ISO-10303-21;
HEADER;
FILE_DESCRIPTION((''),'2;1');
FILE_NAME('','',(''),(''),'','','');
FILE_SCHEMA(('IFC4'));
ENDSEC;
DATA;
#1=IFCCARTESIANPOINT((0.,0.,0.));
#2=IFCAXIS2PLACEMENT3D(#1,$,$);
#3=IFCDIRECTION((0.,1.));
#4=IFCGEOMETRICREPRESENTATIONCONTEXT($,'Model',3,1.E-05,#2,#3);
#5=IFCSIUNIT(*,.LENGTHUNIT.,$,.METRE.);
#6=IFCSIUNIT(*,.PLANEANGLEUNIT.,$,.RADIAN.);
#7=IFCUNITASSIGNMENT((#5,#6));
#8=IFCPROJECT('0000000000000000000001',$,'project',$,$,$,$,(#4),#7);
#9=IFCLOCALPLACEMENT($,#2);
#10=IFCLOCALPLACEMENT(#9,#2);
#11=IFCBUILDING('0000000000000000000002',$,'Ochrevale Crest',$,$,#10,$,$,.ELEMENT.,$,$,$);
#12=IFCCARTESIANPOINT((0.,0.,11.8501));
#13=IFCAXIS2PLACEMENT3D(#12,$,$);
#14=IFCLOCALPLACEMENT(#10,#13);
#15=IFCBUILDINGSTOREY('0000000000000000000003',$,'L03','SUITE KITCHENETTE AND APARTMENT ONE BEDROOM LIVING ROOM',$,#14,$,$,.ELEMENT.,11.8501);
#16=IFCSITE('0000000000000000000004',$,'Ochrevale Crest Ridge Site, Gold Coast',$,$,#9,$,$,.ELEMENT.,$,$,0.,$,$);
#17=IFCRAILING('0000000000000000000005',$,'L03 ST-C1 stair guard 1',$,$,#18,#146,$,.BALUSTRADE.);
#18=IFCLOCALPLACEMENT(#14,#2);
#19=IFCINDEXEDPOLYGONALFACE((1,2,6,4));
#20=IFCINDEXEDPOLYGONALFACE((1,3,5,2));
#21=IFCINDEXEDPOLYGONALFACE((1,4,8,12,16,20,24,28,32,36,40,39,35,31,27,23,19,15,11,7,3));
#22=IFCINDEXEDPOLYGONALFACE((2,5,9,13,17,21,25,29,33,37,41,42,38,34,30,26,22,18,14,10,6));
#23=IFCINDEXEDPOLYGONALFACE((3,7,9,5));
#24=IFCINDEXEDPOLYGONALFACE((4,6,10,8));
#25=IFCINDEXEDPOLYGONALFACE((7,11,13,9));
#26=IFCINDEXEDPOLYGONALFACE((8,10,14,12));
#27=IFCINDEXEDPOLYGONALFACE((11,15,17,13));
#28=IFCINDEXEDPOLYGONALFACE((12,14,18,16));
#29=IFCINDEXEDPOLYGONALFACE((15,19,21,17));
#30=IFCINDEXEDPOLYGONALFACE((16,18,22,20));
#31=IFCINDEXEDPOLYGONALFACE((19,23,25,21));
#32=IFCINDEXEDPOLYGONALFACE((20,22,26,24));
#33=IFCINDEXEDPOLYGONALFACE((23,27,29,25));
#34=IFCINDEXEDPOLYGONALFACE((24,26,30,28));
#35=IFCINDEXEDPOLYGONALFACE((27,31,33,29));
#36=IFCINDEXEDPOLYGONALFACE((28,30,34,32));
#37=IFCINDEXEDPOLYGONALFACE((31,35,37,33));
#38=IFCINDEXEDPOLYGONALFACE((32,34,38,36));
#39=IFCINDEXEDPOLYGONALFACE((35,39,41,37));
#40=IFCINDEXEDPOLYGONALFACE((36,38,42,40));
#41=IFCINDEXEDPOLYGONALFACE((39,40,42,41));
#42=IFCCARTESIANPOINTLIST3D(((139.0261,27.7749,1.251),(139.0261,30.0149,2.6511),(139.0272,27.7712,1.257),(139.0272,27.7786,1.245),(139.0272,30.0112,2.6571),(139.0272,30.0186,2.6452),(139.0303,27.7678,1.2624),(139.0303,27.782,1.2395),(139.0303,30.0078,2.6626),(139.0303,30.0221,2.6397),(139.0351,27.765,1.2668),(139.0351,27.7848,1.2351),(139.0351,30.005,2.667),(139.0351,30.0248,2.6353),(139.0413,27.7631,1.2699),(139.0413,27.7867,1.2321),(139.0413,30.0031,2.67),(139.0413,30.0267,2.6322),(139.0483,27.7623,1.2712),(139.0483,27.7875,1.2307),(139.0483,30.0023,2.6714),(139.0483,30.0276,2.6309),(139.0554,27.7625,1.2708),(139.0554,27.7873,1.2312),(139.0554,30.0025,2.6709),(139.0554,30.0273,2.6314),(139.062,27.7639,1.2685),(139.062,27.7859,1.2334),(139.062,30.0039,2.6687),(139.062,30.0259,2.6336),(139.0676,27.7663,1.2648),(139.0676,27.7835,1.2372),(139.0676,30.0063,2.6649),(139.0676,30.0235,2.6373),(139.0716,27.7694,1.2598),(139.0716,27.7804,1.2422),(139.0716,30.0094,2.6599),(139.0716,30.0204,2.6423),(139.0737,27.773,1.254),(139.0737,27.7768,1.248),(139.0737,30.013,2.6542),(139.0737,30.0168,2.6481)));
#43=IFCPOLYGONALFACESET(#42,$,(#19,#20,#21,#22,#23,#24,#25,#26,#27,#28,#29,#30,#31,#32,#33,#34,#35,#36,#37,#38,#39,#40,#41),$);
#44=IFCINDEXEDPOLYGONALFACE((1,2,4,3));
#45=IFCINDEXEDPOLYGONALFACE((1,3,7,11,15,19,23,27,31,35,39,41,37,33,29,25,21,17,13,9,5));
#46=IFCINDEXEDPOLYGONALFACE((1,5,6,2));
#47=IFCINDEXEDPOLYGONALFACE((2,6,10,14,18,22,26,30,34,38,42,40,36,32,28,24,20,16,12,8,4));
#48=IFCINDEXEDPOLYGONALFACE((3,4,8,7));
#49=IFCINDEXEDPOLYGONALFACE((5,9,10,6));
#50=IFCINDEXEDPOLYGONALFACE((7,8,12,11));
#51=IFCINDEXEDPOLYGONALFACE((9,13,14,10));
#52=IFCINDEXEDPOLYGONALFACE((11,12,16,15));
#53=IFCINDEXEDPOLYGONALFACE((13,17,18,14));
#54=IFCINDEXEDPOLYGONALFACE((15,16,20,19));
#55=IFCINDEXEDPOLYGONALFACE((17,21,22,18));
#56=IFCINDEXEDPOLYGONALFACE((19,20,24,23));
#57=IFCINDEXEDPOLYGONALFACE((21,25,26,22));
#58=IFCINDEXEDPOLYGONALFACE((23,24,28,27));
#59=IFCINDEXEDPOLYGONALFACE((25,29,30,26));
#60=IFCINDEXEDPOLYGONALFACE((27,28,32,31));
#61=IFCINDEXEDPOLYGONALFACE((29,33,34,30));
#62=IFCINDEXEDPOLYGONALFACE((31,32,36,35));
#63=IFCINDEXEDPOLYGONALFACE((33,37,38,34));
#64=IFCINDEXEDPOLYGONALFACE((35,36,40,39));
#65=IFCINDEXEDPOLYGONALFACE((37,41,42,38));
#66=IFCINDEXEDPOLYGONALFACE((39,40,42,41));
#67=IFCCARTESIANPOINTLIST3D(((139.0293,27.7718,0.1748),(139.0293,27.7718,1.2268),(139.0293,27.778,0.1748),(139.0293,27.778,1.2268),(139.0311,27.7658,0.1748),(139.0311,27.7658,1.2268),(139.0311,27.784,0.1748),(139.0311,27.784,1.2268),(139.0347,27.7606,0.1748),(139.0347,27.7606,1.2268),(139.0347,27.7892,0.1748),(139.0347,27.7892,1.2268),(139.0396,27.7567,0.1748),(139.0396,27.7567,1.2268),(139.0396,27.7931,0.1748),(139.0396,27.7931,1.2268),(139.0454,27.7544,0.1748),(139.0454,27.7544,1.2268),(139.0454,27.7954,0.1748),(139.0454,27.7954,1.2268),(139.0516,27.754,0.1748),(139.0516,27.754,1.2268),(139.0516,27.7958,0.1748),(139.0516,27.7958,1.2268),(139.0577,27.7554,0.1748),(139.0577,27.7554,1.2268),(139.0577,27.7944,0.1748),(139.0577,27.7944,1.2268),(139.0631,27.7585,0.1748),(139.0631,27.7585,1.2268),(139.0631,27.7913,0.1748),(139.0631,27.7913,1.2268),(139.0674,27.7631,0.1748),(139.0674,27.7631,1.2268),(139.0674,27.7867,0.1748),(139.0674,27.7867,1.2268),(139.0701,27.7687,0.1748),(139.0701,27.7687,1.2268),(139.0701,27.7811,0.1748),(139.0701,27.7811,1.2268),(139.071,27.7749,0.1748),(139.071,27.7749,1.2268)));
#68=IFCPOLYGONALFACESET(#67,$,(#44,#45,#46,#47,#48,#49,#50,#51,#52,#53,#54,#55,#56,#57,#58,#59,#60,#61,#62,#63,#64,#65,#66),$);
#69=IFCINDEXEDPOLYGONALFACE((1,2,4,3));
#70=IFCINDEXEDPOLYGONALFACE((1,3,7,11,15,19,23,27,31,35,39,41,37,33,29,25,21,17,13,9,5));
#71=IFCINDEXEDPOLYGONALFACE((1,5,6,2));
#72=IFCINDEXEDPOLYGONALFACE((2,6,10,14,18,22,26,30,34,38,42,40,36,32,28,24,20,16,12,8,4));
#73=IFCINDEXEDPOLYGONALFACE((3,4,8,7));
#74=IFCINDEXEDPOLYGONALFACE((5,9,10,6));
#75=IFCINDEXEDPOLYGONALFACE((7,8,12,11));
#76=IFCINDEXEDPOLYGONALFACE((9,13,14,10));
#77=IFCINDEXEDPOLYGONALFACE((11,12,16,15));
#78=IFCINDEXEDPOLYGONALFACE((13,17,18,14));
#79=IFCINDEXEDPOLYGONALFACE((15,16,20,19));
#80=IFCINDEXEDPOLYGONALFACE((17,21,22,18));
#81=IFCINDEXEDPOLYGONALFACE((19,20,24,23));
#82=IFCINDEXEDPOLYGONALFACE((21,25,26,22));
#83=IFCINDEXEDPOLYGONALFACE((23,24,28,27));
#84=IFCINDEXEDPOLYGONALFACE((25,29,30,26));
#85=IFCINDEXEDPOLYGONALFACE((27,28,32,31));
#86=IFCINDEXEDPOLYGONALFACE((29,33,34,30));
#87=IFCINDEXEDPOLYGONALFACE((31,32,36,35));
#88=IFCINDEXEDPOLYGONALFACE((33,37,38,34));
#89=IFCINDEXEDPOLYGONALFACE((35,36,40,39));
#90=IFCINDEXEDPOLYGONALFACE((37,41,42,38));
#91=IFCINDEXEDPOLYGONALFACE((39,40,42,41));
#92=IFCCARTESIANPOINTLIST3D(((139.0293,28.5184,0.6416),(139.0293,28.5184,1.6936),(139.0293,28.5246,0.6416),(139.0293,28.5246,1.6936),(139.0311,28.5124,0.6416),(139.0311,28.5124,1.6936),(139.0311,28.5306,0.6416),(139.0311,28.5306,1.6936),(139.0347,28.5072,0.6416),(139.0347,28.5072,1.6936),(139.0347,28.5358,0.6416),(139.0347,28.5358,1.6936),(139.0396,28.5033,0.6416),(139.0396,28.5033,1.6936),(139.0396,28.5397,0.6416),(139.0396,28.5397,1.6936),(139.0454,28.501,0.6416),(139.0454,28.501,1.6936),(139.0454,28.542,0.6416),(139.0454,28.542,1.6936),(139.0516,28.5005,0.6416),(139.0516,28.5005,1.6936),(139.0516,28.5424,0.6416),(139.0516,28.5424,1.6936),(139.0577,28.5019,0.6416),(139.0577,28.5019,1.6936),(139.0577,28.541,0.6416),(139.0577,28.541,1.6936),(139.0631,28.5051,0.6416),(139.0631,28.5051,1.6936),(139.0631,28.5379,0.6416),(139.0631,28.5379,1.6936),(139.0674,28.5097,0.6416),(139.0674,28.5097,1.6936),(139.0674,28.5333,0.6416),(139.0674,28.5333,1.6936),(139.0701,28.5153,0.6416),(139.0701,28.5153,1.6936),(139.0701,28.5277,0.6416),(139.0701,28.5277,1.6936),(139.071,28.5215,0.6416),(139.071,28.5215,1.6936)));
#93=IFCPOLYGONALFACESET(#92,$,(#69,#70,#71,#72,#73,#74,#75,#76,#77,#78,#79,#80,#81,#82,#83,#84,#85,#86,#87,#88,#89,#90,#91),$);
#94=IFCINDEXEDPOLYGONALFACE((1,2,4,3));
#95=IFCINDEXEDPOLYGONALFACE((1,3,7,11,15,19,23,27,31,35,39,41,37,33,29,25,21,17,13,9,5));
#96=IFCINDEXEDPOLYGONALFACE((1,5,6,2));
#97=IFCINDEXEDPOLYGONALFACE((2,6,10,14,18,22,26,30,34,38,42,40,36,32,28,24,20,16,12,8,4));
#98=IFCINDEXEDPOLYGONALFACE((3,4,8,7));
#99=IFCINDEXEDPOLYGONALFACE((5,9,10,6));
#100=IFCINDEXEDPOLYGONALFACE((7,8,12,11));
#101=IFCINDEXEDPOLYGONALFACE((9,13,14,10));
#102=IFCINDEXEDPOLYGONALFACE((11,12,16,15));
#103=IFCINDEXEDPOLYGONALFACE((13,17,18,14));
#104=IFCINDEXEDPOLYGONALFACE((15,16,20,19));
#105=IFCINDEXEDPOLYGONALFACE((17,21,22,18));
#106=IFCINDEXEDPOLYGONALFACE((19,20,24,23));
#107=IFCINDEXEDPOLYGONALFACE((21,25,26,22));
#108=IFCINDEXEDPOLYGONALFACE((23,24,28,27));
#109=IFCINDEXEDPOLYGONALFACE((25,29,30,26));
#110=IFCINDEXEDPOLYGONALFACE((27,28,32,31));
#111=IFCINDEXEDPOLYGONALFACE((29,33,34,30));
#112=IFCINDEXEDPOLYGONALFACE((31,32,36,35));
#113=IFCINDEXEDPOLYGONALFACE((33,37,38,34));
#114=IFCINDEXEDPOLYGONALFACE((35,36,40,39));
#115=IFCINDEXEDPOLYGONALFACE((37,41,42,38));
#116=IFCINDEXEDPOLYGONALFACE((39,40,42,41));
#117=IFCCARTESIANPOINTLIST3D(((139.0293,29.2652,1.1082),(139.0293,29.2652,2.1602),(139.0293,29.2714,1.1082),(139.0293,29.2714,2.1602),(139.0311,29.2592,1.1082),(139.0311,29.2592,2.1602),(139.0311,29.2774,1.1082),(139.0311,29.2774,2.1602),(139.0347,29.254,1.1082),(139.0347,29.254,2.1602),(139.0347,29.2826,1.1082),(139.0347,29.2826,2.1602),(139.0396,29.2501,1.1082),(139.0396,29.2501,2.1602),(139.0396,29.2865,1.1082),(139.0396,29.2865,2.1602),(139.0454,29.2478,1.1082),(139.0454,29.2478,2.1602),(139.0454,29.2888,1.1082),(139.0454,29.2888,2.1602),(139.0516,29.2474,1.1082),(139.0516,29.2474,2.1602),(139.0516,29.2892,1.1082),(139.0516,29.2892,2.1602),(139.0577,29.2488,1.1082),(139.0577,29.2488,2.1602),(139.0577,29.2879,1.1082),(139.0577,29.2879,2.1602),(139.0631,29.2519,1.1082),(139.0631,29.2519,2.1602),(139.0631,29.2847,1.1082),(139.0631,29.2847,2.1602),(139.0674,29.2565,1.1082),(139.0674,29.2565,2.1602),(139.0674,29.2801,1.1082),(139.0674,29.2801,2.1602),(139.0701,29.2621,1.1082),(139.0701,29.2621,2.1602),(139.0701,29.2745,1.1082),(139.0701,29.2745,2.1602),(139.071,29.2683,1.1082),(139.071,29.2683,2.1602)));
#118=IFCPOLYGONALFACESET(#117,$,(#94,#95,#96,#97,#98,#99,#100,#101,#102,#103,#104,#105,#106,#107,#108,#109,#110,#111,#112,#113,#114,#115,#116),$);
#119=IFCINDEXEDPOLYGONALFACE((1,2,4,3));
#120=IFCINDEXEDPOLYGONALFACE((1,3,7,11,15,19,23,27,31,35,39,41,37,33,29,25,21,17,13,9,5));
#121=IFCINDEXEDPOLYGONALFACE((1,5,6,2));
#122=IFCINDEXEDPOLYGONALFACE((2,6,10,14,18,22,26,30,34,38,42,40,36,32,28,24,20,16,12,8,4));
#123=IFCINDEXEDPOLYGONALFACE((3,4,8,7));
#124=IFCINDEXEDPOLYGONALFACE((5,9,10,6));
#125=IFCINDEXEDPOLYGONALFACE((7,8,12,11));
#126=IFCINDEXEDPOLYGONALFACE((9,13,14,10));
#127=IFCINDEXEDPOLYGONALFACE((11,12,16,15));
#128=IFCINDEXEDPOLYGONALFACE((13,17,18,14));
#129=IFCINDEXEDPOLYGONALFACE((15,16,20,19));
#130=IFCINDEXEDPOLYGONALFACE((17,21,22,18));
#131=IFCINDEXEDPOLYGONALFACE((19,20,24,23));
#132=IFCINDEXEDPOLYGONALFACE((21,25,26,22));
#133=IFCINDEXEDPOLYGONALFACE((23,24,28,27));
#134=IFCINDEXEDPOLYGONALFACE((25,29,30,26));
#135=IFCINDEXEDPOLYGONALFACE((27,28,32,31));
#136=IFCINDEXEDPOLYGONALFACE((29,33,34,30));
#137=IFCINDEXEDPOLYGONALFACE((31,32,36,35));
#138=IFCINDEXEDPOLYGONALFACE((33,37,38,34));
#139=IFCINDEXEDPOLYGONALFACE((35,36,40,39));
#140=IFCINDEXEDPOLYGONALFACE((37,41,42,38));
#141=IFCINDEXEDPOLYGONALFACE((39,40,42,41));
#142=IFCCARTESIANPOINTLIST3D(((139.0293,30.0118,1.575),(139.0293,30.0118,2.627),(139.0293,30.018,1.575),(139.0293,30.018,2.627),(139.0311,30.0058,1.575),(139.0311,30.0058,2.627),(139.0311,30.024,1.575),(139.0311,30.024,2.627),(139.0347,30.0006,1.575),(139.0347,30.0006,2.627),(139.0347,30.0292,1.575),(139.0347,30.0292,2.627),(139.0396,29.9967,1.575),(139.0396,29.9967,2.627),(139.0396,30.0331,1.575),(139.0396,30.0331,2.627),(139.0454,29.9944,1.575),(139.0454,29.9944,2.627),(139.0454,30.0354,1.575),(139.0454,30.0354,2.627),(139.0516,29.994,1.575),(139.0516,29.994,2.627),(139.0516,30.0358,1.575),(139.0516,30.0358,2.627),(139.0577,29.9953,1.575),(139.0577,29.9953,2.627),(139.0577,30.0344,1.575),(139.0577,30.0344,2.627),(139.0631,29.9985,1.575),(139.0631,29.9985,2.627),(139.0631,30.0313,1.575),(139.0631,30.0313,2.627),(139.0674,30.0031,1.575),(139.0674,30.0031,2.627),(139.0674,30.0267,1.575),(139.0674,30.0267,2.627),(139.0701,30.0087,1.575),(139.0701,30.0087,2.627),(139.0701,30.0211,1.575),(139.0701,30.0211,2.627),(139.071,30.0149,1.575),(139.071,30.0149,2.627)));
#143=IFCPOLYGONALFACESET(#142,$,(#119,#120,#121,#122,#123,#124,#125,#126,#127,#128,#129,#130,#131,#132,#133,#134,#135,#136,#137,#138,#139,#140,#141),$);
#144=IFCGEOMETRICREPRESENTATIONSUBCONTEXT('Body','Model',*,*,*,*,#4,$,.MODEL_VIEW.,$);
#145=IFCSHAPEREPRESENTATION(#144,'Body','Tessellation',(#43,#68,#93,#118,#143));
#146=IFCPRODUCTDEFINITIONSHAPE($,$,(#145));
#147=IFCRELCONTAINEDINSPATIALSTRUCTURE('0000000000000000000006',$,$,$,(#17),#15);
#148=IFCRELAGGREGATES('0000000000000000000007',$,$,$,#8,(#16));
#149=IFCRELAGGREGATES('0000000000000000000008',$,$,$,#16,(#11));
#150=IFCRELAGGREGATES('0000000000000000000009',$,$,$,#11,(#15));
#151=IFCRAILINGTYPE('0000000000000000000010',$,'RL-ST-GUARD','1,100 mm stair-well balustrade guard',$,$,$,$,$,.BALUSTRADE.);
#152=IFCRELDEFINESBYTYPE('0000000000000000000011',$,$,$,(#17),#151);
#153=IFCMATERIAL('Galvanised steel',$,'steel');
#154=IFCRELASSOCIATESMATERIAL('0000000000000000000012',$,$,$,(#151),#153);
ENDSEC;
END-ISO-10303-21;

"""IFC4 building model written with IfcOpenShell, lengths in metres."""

from ifc_helpers import new_model, si_unit, direction, frame, origin, origin_2d, place, context, subcontext, project, spatial, circle, extrude, material, type_object, element, save


model = new_model("IFC4")

# Units and contexts
model_context = context("Model", 3, precision=1e-05, world=origin(), true_north=direction((0.0, 1.0)))
body_context = subcontext(model_context, "Body", "Model", "MODEL_VIEW")
ifc_project = project(units=[si_unit("LENGTHUNIT", "METRE"), si_unit("PLANEANGLEUNIT", "RADIAN")], contexts=[model_context])

# Site, building, storey
site_placement = place(None, origin())
site = spatial("IfcSite", under=ifc_project, at=site_placement, Name="Ochrevale Crest Ridge Site, Gold Coast", CompositionType="ELEMENT", RefElevation=0.0)
building_placement = place(site_placement, origin())
building = spatial("IfcBuilding", under=site, at=building_placement, Name="Ochrevale Crest", CompositionType="ELEMENT")
storey_placement = place(building_placement, frame((0.0, 0.0, 11.8501)))
storey = spatial("IfcBuildingStorey", under=building, at=storey_placement, Name="L03", Description="SUITE KITCHENETTE AND APARTMENT ONE BEDROOM LIVING ROOM", CompositionType="ELEMENT", Elevation=11.8501)

# Railing
ifc_material_1 = material(Name="Galvanised steel", Category="steel")
railing_type_1 = type_object("IfcRailingType", Name="RL-ST-GUARD", Description="1,100 mm stair-well balustrade guard", PredefinedType="BALUSTRADE", material=ifc_material_1)
railing_1_placement = place(storey_placement, frame((139.05, 27.7749, 0.1748)))
element("IfcRailing", 1, at=railing_1_placement, inside=storey, type_object=railing_type_1, Name="L03 ST-C1 stair guard 1", PredefinedType="BALUSTRADE", context=body_context, shape_type="SweptSolid", body=[
    extrude(circle(Radius=0.0239, at=origin_2d()), frame((0.0, 0.0, 1.0762), z_axis=(0.0, 0.847972, 0.53004), x_axis=(-1.0, 0.0, 0.0)), (0.0, 0.0, 1.0), 2.6416),
    extrude(circle(Radius=0.021, at=origin_2d()), origin(), (0.0, 0.0, 1.0), 1.052),
    extrude(circle(Radius=0.021, at=origin_2d()), frame((0.0, 0.7466, 0.4668)), (0.0, 0.0, 1.0), 1.052),
    extrude(circle(Radius=0.021, at=origin_2d()), frame((0.0, 1.4934, 0.9333)), (0.0, 0.0, 1.0), 1.052),
    extrude(circle(Radius=0.021, at=origin_2d()), frame((0.0, 2.24, 1.4001)), (0.0, 0.0, 1.0), 1.052),
])

save(model, "model.ifc")
